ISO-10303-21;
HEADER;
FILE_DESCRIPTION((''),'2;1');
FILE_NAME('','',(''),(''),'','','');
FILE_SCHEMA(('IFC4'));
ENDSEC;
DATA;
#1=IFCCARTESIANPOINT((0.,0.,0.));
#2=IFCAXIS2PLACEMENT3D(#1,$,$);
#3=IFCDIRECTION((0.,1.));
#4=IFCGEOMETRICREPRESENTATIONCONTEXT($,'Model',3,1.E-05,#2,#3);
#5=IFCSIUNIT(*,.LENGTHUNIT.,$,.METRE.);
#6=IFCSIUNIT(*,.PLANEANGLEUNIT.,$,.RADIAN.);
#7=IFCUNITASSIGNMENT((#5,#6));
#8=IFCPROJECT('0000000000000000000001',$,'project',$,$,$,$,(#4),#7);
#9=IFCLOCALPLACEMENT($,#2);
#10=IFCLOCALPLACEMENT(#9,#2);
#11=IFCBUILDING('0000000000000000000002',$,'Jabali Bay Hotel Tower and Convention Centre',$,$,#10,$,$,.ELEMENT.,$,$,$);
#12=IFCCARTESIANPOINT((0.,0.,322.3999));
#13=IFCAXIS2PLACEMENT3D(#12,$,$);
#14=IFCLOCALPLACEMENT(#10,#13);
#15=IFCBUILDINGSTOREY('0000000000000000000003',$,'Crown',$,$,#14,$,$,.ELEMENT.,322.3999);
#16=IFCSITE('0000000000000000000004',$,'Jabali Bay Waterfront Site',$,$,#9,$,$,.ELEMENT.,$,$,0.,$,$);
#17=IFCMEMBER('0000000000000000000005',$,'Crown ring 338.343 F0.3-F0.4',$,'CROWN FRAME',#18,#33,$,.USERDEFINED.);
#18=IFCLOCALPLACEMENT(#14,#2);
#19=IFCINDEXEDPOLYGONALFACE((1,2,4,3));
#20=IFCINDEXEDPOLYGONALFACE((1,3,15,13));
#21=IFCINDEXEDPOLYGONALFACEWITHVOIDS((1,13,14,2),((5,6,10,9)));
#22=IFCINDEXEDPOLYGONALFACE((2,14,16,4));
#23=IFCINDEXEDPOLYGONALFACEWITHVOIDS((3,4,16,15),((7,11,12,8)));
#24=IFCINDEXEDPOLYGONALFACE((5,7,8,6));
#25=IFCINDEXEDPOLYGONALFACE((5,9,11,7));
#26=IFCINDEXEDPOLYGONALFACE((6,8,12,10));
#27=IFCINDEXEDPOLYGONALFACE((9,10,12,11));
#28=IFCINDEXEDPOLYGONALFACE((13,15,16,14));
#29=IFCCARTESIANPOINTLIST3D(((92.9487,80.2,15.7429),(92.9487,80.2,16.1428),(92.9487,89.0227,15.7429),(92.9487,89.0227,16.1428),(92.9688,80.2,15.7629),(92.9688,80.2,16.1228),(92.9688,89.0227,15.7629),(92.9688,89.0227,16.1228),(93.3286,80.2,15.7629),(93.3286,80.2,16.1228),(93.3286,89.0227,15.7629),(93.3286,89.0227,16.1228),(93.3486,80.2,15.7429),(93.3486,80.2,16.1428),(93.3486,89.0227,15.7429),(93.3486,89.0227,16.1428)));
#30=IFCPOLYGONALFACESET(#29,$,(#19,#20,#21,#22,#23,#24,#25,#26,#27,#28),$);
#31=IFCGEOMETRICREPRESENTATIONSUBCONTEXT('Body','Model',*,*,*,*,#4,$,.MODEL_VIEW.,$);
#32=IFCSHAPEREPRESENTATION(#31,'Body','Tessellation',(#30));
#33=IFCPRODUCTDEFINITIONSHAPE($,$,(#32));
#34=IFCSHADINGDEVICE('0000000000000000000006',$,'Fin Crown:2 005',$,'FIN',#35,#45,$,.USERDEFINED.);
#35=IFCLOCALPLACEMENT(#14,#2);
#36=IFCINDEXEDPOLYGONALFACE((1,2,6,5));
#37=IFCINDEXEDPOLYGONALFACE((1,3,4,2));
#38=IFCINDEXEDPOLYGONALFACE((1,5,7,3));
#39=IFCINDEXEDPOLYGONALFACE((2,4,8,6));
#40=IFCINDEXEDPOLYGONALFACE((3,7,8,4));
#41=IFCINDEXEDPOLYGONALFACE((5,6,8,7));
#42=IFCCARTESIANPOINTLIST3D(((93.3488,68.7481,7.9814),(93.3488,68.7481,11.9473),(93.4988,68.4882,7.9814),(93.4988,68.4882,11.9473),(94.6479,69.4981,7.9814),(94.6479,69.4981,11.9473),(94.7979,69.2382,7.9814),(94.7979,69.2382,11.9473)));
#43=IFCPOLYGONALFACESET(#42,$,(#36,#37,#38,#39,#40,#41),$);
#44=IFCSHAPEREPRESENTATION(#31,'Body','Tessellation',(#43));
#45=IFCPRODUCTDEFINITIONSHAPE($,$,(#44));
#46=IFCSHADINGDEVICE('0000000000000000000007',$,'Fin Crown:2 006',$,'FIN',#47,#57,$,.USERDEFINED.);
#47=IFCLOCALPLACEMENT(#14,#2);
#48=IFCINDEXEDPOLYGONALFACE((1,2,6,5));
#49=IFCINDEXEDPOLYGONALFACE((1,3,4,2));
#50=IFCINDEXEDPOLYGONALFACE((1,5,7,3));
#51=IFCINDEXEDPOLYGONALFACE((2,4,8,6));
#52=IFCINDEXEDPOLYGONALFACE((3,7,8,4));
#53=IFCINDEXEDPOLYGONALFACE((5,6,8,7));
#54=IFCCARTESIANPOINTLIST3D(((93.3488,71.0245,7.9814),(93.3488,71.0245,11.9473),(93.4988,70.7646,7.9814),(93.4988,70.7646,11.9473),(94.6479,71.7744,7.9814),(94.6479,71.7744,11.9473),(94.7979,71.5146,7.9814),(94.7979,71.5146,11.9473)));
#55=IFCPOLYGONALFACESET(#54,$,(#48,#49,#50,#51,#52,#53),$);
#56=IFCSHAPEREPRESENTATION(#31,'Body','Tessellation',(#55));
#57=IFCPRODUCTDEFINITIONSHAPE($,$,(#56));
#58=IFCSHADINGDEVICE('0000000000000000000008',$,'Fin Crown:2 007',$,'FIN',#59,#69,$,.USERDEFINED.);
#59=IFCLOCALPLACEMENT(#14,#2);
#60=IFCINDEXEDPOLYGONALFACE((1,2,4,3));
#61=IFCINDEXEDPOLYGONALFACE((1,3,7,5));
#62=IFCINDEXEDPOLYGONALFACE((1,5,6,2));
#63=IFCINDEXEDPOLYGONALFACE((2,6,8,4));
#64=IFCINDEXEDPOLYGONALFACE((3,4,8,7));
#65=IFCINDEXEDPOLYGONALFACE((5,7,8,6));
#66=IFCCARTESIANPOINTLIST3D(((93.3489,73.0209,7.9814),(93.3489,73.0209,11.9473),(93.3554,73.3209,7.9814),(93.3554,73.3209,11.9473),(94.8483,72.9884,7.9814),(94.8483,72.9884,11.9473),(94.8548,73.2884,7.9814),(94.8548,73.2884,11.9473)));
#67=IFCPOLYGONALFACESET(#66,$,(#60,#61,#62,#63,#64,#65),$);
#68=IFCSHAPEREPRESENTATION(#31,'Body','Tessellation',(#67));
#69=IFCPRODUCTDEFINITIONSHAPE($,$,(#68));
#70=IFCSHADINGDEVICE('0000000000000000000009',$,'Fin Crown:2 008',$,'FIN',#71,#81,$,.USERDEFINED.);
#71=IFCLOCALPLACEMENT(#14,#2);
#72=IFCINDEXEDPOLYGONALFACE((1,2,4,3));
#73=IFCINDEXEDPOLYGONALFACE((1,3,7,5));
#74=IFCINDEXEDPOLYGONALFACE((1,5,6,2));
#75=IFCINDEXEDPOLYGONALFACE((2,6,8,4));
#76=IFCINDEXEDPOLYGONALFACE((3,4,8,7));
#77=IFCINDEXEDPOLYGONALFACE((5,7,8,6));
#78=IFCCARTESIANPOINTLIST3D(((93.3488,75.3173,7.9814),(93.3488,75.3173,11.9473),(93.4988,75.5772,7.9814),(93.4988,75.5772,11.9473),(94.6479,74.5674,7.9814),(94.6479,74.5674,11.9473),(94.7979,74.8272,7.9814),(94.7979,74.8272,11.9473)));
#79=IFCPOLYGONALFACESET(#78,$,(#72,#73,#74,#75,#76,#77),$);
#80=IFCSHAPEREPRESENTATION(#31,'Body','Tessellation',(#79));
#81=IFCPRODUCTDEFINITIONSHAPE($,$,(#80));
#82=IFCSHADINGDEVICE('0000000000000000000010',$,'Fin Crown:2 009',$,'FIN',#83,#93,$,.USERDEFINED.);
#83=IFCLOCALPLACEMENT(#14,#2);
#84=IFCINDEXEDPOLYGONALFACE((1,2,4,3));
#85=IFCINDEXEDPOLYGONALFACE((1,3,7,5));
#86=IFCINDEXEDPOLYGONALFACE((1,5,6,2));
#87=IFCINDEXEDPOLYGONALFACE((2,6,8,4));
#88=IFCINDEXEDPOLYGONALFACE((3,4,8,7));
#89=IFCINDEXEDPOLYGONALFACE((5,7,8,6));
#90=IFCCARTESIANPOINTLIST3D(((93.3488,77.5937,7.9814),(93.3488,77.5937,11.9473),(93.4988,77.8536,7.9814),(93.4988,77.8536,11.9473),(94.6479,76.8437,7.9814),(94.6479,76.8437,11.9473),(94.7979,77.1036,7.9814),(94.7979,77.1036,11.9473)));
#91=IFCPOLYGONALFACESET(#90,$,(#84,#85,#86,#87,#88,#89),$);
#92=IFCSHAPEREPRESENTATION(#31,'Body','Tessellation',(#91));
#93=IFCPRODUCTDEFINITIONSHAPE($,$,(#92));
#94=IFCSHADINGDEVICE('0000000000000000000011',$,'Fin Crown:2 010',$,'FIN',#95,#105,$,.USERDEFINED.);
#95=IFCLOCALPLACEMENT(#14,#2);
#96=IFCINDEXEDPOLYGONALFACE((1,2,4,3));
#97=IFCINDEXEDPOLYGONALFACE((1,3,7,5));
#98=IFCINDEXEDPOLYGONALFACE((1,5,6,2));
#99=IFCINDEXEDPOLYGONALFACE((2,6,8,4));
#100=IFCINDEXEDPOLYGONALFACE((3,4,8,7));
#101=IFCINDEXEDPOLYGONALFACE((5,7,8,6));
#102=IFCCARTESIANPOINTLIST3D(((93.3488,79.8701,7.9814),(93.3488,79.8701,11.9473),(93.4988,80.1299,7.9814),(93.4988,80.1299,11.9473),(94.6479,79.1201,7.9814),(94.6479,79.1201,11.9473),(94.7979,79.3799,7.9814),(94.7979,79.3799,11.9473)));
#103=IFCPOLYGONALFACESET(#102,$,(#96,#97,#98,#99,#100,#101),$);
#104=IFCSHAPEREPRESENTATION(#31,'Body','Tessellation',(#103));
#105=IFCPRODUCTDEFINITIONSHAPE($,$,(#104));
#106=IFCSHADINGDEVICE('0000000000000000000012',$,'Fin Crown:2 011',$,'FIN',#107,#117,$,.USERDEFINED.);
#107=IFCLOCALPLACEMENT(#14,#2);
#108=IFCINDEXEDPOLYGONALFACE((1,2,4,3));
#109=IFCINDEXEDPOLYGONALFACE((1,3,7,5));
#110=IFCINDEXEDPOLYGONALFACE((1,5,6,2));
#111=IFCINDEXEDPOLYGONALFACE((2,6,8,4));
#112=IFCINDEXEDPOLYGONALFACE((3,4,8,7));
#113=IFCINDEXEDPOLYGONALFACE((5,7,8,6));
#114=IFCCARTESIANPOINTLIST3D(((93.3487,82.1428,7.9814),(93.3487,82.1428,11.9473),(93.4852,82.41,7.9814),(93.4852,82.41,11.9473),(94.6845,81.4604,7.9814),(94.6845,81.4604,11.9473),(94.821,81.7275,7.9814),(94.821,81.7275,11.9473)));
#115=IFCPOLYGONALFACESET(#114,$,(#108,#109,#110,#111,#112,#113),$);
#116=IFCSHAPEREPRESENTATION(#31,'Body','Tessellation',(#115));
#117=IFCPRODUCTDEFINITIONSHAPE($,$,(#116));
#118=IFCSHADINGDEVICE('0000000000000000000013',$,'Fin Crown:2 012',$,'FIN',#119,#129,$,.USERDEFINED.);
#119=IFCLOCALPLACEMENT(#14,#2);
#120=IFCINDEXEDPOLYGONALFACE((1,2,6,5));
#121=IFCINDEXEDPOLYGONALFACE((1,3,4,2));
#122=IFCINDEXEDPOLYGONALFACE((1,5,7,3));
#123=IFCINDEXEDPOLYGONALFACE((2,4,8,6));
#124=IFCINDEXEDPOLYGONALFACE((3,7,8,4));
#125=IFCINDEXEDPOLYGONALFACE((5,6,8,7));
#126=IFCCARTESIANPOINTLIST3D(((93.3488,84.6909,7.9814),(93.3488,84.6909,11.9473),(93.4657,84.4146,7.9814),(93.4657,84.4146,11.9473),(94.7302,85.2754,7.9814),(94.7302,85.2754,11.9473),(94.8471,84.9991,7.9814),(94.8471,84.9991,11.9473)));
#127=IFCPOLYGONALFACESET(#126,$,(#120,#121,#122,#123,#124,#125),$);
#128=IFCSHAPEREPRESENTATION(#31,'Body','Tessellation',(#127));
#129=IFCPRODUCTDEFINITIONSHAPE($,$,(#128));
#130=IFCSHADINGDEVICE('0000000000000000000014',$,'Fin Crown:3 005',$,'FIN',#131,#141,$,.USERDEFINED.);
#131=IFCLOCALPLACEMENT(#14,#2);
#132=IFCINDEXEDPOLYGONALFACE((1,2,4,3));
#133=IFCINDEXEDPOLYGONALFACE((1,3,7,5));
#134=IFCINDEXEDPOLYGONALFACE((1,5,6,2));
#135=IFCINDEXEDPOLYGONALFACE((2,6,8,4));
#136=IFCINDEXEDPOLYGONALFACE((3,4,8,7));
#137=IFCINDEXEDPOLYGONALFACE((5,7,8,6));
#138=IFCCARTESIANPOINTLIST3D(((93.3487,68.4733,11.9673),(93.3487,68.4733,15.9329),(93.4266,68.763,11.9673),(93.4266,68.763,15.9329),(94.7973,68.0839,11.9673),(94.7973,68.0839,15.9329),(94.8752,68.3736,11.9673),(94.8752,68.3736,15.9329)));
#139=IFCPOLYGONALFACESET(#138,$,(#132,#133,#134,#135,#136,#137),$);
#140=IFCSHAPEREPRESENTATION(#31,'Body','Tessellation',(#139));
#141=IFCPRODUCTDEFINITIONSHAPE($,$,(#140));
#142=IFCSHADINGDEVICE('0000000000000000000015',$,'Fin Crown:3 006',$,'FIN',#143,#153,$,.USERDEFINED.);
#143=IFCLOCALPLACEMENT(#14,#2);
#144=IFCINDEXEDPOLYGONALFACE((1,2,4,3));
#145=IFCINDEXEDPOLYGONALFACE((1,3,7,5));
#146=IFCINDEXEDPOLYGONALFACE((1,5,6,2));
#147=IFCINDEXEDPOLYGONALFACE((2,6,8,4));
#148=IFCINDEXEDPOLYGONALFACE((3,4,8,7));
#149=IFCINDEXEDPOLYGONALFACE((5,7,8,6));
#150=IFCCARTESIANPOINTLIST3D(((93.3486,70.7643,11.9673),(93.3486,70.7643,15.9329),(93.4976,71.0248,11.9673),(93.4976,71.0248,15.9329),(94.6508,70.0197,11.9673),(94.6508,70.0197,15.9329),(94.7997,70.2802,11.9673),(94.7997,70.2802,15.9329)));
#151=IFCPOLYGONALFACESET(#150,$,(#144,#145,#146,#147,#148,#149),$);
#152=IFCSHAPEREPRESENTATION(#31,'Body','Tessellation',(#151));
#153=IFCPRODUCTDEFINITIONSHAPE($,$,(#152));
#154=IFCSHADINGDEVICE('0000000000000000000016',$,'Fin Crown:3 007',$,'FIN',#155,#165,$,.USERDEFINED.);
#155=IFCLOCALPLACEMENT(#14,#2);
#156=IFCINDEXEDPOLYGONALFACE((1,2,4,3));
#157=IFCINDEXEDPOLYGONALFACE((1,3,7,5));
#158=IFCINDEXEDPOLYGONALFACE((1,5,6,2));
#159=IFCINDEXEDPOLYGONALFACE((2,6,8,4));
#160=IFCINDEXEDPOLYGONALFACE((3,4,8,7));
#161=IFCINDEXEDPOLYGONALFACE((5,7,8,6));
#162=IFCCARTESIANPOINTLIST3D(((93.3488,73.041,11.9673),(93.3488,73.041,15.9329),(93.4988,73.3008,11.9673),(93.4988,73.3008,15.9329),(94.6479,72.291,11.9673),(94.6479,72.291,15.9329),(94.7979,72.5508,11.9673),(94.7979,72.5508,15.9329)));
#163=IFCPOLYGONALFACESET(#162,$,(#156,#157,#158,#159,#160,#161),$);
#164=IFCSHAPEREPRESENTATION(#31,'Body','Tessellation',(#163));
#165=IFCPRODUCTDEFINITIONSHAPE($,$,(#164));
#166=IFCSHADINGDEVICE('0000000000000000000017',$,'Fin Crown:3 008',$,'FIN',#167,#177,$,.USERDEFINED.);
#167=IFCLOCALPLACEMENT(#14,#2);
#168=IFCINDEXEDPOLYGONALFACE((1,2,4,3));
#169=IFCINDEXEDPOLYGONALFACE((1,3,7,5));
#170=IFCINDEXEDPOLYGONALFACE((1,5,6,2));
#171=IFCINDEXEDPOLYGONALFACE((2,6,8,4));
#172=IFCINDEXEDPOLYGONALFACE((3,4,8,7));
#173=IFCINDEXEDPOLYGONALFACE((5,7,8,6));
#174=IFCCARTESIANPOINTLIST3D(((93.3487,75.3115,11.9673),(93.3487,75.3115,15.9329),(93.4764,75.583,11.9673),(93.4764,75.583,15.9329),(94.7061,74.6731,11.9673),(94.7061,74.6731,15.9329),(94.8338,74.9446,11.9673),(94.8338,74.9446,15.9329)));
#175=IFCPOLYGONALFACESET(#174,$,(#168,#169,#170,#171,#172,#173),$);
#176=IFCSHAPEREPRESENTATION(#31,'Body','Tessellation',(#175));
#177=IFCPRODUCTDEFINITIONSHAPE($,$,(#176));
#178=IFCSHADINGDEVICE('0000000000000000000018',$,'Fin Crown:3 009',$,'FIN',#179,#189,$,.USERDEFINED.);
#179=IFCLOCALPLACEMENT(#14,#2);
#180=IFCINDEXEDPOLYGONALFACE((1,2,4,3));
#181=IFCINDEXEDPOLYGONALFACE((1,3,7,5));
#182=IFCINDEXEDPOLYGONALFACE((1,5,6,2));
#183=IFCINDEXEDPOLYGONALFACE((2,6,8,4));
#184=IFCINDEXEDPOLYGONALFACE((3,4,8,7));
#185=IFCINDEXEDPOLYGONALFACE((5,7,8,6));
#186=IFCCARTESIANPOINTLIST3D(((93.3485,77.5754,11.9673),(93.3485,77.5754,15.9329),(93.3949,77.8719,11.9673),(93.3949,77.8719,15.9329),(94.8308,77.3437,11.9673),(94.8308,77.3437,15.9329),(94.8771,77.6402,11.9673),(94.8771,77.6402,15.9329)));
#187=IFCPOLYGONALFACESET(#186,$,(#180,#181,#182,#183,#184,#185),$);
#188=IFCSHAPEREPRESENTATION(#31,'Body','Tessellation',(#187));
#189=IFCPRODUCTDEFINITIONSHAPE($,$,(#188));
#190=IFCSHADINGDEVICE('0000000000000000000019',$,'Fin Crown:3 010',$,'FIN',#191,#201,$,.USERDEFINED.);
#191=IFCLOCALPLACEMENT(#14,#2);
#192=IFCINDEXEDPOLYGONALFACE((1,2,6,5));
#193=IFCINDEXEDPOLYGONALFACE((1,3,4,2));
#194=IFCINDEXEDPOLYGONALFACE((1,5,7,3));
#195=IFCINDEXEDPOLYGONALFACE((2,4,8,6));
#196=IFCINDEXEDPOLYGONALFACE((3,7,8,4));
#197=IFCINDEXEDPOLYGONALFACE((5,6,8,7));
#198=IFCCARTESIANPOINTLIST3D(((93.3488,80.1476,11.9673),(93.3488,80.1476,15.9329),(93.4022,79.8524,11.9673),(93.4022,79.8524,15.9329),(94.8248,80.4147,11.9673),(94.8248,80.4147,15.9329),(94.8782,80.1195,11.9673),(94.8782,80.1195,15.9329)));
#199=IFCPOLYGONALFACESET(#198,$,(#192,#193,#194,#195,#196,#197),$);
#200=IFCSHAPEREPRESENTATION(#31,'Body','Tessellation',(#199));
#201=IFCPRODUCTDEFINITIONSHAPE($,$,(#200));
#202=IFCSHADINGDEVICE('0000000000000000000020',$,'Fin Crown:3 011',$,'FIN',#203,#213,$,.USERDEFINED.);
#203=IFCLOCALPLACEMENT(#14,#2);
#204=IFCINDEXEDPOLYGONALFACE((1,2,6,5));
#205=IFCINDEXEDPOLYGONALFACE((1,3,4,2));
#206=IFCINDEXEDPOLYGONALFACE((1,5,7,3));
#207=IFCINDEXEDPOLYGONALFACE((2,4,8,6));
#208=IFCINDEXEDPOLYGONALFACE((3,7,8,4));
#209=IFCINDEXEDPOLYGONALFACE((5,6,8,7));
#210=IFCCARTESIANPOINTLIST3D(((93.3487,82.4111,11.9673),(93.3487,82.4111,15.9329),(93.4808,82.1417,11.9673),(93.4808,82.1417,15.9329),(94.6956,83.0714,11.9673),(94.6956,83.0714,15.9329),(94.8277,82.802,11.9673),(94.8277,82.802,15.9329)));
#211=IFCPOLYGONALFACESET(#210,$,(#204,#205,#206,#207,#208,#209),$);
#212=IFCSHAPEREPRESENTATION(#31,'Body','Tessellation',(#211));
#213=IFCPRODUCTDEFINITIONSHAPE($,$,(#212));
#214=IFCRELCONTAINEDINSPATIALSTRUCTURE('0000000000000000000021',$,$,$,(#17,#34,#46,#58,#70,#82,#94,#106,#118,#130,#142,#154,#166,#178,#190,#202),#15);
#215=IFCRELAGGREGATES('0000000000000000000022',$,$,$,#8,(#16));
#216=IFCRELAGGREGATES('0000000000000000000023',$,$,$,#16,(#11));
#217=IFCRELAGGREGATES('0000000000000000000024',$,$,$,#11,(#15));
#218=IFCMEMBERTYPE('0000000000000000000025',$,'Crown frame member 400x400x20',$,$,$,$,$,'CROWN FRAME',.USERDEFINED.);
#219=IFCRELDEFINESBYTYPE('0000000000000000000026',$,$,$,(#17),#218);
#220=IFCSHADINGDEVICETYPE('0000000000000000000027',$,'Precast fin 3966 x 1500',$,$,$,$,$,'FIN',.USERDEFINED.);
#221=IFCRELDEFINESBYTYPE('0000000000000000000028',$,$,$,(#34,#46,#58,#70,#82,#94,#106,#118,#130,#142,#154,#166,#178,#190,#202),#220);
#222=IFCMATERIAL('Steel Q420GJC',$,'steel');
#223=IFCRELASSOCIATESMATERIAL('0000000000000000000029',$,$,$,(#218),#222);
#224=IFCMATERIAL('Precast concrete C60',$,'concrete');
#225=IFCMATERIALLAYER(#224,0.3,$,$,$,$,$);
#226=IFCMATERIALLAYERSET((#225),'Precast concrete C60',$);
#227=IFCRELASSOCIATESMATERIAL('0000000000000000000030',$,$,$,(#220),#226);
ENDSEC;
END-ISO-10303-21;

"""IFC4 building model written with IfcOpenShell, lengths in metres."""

from ifc_helpers import new_model, si_unit, direction, frame, frame_2d, origin, origin_2d, place, context, subcontext, project, spatial, rectangle, hollow_rectangle, extrude, material, layer, layer_set, material_profile, profile_set, type_object, element, save


model = new_model("IFC4")

# Units and contexts
model_context = context("Model", 3, precision=1e-05, world=origin(), true_north=direction((0.0, 1.0)))
body_context = subcontext(model_context, "Body", "Model", "MODEL_VIEW")
ifc_project = project(units=[si_unit("LENGTHUNIT", "METRE"), si_unit("PLANEANGLEUNIT", "RADIAN")], contexts=[model_context])

# Site, building, storey
site_placement = place(None, origin())
site = spatial("IfcSite", under=ifc_project, at=site_placement, Name="Jabali Bay Waterfront Site", CompositionType="ELEMENT", RefElevation=0.0)
building_placement = place(site_placement, origin())
building = spatial("IfcBuilding", under=site, at=building_placement, Name="Jabali Bay Hotel Tower and Convention Centre", CompositionType="ELEMENT")
storey_placement = place(building_placement, frame((0.0, 0.0, 322.3999)))
storey = spatial("IfcBuildingStorey", under=building, at=storey_placement, Name="Crown", CompositionType="ELEMENT", Elevation=322.3999)

# Member
ifc_material_1 = material(Name="Steel Q420GJC", Category="steel")
ifc_material_profile_1 = material_profile(ifc_material_1, hollow_rectangle(XDim=0.3999, YDim=0.3999, WallThickness=0.02, at=origin_2d()), Name="Crown frame member 400x400x20")
ifc_profile_set_1 = profile_set([ifc_material_profile_1], Name="Steel Q420GJC")
member_type_1 = type_object("IfcMemberType", Name="Crown frame member 400x400x20", ElementType="CROWN FRAME", PredefinedType="USERDEFINED", material=ifc_profile_set_1)
for number, where, z_axis, x_axis, name in (
    (1, (93.1487, 80.2, 15.9429), (0.0, 1.0, 0.0), (-1.0, 0.0, 0.0), "Crown ring 338.343 F0.3-F0.4"),
):
    element("IfcMember", number, at=place(storey_placement, frame(where, z_axis=z_axis, x_axis=x_axis)), inside=storey, type_object=member_type_1, Name=name, ObjectType="CROWN FRAME", PredefinedType="USERDEFINED", context=body_context, shape_type="SweptSolid", body=[
        extrude(hollow_rectangle(XDim=0.3999, YDim=0.3999, WallThickness=0.02, at=origin_2d()), origin(), (0.0, 0.0, 1.0), 8.8228),
    ])

# Shading devices
ifc_material_2 = material(Name="Precast concrete C60", Category="concrete")
ifc_layer = layer(ifc_material_2, 0.3)
ifc_layer_set = layer_set([ifc_layer], Name="Precast concrete C60")
shading_device_type = type_object("IfcShadingDeviceType", Name="Precast fin 3966 x 1500", ElementType="FIN", PredefinedType="USERDEFINED", material=ifc_layer_set)
for number, where, z_axis, x_axis, name in (
    (2, (93.4238, 68.6182, 7.9814), (0.0, 0.0, 1.0), (0.866031, 0.49999, 0.0), "Fin Crown:2 005"),
    (3, (93.4238, 70.8945, 7.9814), (0.0, 0.0, 1.0), (0.866031, 0.49999, 0.0), "Fin Crown:2 006"),
):
    element("IfcShadingDevice", number, at=place(storey_placement, frame(where, z_axis=z_axis, x_axis=x_axis)), inside=storey, type_object=shading_device_type, Name=name, ObjectType="FIN", PredefinedType="USERDEFINED", context=body_context, shape_type="SweptSolid", body=[
        extrude(rectangle(XDim=1.5, YDim=0.3, at=frame_2d((0.75, 0.0))), origin(), (0.0, 0.0, 1.0), 3.9658),
    ])
shading_device_1_placement = place(storey_placement, frame((93.3521, 73.1709, 7.9814), z_axis=(0.0, 0.0, 1.0), x_axis=(0.999766, -0.021649, 0.0)))
element("IfcShadingDevice", 4, at=shading_device_1_placement, inside=storey, type_object=shading_device_type, Name="Fin Crown:2 007", ObjectType="FIN", PredefinedType="USERDEFINED", context=body_context, shape_type="SweptSolid", body=[
    extrude(rectangle(XDim=1.4998, YDim=0.3, at=frame_2d((0.75, 0.0))), origin(), (0.0, 0.0, 1.0), 3.9658),
])
for number, where, z_axis, x_axis, name in (
    (5, (93.4238, 75.4473, 7.9814), (0.0, 0.0, 1.0), (0.866031, -0.49999, 0.0), "Fin Crown:2 008"),
    (6, (93.4238, 77.7236, 7.9814), (0.0, 0.0, 1.0), (0.866031, -0.49999, 0.0), "Fin Crown:2 009"),
    (7, (93.4238, 80.0, 7.9814), (0.0, 0.0, 1.0), (0.866031, -0.49999, 0.0), "Fin Crown:2 010"),
    (8, (93.417, 82.2764, 7.9814), (0.0, 0.0, 1.0), (0.89052, -0.454945, 0.0), "Fin Crown:2 011"),
    (9, (93.4072, 84.5527, 7.9814), (0.0, 0.0, 1.0), (0.920954, 0.389672, 0.0), "Fin Crown:2 012"),
):
    element("IfcShadingDevice", number, at=place(storey_placement, frame(where, z_axis=z_axis, x_axis=x_axis)), inside=storey, type_object=shading_device_type, Name=name, ObjectType="FIN", PredefinedType="USERDEFINED", context=body_context, shape_type="SweptSolid", body=[
        extrude(rectangle(XDim=1.5, YDim=0.3, at=frame_2d((0.75, 0.0))), origin(), (0.0, 0.0, 1.0), 3.9658),
    ])
for number, where, z_axis, x_axis, name in (
    (10, (93.3877, 68.6182, 11.9673), (0.0, 0.0, 1.0), (0.965712, -0.259617, 0.0), "Fin Crown:3 005"),
    (11, (93.4231, 70.8945, 11.9673), (0.0, 0.0, 1.0), (0.868103, -0.496384, 0.0), "Fin Crown:3 006"),
    (12, (93.4238, 73.1709, 11.9673), (0.0, 0.0, 1.0), (0.866031, -0.49999, 0.0), "Fin Crown:3 007"),
    (13, (93.4126, 75.4473, 11.9673), (0.0, 0.0, 1.0), (0.904911, -0.425601, 0.0), "Fin Crown:3 008"),
):
    element("IfcShadingDevice", number, at=place(storey_placement, frame(where, z_axis=z_axis, x_axis=x_axis)), inside=storey, type_object=shading_device_type, Name=name, ObjectType="FIN", PredefinedType="USERDEFINED", context=body_context, shape_type="SweptSolid", body=[
        extrude(rectangle(XDim=1.5, YDim=0.3, at=frame_2d((0.75, 0.0))), origin(), (0.0, 0.0, 1.0), 3.9656),
    ])
shading_device_2_placement = place(storey_placement, frame((93.3718, 77.7236, 11.9673), z_axis=(0.0, 0.0, 1.0), x_axis=(0.988002, -0.154441, 0.0)))
element("IfcShadingDevice", 14, at=shading_device_2_placement, inside=storey, type_object=shading_device_type, Name="Fin Crown:3 009", ObjectType="FIN", PredefinedType="USERDEFINED", context=body_context, shape_type="SweptSolid", body=[
    extrude(rectangle(XDim=1.5002, YDim=0.3, at=frame_2d((0.75, 0.0))), origin(), (0.0, 0.0, 1.0), 3.9656),
])
for number, where, z_axis, x_axis, name in (
    (15, (93.3755, 80.0, 11.9673), (0.0, 0.0, 1.0), (0.984021, 0.178055, 0.0), "Fin Crown:3 010"),
    (16, (93.4148, 82.2764, 11.9673), (0.0, 0.0, 1.0), (0.897883, 0.440234, 0.0), "Fin Crown:3 011"),
):
    element("IfcShadingDevice", number, at=place(storey_placement, frame(where, z_axis=z_axis, x_axis=x_axis)), inside=storey, type_object=shading_device_type, Name=name, ObjectType="FIN", PredefinedType="USERDEFINED", context=body_context, shape_type="SweptSolid", body=[
        extrude(rectangle(XDim=1.5, YDim=0.3, at=frame_2d((0.75, 0.0))), origin(), (0.0, 0.0, 1.0), 3.9656),
    ])

save(model, "model.ifc")
